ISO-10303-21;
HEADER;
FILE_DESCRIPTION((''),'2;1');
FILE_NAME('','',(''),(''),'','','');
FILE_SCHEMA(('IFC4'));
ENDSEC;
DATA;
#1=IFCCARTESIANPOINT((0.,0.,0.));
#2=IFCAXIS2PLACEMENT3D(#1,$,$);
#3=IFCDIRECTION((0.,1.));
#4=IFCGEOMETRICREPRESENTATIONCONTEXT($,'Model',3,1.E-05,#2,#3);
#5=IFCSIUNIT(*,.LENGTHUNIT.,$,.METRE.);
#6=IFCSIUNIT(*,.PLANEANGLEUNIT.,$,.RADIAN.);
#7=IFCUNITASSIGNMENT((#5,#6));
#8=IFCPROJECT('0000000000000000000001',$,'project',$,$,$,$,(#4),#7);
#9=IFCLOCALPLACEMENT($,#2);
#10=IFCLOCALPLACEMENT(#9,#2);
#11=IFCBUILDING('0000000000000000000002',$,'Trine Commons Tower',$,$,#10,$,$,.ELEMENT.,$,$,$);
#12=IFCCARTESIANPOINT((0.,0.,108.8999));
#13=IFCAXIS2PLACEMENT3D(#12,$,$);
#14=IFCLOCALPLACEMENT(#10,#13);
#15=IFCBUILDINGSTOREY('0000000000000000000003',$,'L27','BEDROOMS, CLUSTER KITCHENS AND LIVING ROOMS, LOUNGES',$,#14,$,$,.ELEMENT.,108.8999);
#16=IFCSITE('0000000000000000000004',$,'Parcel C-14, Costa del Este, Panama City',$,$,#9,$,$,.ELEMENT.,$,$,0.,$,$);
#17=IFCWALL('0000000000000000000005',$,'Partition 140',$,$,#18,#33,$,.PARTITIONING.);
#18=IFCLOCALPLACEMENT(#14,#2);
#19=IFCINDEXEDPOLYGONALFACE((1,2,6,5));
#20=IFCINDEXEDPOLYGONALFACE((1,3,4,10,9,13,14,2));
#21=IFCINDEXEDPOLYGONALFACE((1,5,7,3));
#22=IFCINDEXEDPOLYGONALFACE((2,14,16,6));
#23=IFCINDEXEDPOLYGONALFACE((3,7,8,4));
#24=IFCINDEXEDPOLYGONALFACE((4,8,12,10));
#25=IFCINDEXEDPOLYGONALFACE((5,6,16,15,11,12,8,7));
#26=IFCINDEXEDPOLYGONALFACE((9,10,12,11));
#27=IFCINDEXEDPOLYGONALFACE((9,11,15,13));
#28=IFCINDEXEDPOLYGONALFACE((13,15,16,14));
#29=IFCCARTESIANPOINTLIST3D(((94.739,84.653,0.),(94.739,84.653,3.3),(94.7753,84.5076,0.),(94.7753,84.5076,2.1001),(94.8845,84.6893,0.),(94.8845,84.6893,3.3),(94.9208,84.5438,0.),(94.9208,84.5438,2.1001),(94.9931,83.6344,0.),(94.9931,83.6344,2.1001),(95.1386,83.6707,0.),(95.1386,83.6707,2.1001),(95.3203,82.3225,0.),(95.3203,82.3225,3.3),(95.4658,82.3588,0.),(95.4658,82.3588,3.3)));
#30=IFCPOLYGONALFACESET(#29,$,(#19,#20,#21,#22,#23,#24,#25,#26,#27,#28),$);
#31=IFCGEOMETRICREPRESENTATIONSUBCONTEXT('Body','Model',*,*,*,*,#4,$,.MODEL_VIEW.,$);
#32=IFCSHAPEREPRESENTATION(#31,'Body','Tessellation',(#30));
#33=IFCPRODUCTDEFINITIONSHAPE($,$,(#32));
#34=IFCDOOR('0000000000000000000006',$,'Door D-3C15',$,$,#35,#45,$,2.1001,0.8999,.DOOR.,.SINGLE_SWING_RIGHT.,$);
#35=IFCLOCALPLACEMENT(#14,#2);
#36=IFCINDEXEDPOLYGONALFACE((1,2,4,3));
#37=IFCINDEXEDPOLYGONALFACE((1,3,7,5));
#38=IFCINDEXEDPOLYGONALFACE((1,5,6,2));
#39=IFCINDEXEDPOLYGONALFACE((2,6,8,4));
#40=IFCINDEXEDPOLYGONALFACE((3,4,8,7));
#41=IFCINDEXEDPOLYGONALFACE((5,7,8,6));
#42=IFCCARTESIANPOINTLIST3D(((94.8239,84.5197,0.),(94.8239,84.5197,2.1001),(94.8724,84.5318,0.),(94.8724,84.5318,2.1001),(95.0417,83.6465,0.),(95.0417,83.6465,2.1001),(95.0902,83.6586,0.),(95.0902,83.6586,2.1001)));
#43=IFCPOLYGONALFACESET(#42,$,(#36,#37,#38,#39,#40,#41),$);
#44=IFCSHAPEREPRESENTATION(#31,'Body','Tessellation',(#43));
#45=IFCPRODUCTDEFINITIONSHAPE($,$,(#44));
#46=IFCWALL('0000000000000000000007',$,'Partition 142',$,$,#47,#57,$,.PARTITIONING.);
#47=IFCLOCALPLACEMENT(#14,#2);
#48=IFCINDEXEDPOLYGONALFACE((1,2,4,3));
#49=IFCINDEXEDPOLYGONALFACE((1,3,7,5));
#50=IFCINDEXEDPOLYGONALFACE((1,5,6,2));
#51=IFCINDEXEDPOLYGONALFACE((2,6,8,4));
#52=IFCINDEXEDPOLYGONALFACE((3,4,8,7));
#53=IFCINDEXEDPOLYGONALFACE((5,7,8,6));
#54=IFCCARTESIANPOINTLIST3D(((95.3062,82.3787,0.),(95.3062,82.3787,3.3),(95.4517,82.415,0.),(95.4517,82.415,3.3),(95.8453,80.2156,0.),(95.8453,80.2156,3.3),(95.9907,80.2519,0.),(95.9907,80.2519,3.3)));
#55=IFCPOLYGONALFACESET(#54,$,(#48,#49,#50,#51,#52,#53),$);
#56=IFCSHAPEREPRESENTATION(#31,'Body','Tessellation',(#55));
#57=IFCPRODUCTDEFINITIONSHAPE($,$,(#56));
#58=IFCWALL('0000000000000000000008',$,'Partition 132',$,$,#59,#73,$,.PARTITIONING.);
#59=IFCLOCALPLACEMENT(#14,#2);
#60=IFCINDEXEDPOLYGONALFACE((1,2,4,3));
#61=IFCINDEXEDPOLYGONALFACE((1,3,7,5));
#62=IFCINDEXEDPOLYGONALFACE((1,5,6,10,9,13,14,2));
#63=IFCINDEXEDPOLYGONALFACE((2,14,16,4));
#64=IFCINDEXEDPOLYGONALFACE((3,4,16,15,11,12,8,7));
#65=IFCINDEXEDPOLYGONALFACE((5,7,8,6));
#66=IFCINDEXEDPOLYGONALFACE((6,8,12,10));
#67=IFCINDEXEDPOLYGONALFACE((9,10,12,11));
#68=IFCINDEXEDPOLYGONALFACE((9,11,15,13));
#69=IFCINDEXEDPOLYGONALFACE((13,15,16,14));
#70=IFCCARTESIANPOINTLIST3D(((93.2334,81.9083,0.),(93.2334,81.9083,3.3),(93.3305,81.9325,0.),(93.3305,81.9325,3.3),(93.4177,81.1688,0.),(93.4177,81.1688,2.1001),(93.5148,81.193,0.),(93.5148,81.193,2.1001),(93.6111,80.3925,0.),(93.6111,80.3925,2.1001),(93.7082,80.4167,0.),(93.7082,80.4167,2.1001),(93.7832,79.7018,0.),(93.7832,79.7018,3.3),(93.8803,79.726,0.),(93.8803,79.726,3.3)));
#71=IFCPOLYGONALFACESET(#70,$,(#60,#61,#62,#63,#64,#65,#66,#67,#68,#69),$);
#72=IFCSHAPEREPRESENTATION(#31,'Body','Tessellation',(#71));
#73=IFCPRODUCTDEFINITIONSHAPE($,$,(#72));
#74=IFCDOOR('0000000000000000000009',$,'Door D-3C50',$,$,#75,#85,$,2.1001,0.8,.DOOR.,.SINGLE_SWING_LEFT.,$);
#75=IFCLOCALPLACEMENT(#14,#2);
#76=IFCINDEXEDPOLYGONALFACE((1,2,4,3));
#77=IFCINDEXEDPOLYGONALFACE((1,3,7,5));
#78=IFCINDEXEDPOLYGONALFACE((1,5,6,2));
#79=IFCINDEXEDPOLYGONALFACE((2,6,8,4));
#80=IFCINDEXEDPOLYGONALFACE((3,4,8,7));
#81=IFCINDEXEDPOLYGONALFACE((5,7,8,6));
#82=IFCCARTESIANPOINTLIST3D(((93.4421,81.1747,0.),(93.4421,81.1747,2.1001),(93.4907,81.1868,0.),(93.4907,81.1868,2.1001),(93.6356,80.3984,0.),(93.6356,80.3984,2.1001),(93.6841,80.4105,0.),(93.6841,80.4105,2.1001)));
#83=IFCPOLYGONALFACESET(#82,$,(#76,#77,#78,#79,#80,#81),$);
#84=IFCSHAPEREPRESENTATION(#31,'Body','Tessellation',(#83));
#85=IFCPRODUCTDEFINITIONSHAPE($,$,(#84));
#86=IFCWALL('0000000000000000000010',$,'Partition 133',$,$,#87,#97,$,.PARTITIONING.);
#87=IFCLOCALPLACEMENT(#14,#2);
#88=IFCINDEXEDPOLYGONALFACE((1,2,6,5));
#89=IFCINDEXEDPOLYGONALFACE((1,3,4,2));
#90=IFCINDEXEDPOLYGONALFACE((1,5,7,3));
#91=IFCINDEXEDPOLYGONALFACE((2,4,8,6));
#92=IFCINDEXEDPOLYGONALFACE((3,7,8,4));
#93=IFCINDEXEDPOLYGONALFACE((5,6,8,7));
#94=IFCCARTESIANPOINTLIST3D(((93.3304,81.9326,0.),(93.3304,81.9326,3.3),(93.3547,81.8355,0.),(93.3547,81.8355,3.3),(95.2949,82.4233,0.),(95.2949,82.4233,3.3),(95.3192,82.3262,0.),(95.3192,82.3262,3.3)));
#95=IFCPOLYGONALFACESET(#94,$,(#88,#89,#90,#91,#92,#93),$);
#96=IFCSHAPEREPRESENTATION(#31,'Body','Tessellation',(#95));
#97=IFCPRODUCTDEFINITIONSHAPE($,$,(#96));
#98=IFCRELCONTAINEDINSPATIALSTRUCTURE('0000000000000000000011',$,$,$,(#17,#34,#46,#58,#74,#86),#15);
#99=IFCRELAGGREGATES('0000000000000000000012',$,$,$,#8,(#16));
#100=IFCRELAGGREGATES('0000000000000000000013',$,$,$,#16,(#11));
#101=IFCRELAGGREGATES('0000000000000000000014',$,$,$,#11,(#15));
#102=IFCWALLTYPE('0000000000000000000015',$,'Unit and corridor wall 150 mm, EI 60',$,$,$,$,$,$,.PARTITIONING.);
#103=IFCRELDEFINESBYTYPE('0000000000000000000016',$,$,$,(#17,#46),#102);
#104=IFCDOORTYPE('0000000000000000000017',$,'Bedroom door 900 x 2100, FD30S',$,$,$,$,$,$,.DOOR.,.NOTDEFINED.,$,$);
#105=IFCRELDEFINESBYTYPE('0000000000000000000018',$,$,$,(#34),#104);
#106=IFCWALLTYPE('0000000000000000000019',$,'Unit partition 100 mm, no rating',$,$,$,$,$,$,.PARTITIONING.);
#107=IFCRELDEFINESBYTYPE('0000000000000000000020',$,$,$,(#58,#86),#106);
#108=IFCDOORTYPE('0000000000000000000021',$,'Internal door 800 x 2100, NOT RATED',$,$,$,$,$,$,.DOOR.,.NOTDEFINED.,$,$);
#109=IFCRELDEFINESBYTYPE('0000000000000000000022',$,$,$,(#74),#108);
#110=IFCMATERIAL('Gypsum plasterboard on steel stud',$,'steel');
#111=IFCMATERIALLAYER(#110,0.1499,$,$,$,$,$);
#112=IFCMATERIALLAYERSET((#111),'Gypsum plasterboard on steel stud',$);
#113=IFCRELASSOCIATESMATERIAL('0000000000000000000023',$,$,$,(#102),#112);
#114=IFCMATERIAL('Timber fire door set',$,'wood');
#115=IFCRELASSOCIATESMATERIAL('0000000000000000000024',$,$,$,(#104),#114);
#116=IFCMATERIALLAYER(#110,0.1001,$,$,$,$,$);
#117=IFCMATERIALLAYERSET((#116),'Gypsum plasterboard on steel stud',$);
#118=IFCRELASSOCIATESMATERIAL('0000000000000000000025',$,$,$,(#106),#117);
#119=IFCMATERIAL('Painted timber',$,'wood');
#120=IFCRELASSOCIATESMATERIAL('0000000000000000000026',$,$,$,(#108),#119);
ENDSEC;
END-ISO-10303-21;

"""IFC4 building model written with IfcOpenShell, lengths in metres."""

from ifc_helpers import new_model, si_unit, direction, frame, frame_2d, origin, place, context, subcontext, project, spatial, rectangle, extrude, material, layer, layer_set, type_object, element, fill, save


model = new_model("IFC4")

# Units and contexts
model_context = context("Model", 3, precision=1e-05, world=origin(), true_north=direction((0.0, 1.0)))
body_context = subcontext(model_context, "Body", "Model", "MODEL_VIEW")
ifc_project = project(units=[si_unit("LENGTHUNIT", "METRE"), si_unit("PLANEANGLEUNIT", "RADIAN")], contexts=[model_context])

# Site, building, storey
site_placement = place(None, origin())
site = spatial("IfcSite", under=ifc_project, at=site_placement, Name="Parcel C-14, Costa del Este, Panama City", CompositionType="ELEMENT", RefElevation=0.0)
building_placement = place(site_placement, origin())
building = spatial("IfcBuilding", under=site, at=building_placement, Name="Trine Commons Tower", CompositionType="ELEMENT")
storey_placement = place(building_placement, frame((0.0, 0.0, 108.8999)))
storey = spatial("IfcBuildingStorey", under=building, at=storey_placement, Name="L27", Description="BEDROOMS, CLUSTER KITCHENS AND LIVING ROOMS, LOUNGES", CompositionType="ELEMENT", Elevation=108.8999)

# Wall, opening, door
ifc_material_1 = material(Name="Gypsum plasterboard on steel stud", Category="steel")
ifc_layer_1 = layer(ifc_material_1, 0.1499)
ifc_layer_set_1 = layer_set([ifc_layer_1], Name="Gypsum plasterboard on steel stud")
wall_type_1 = type_object("IfcWallType", Name="Unit and corridor wall 150 mm, EI 60", PredefinedType="PARTITIONING", material=ifc_layer_set_1)
wall_1_placement = place(storey_placement, frame((94.8118, 84.6711, 0.0), z_axis=(0.0, 0.0, 1.0), x_axis=(0.242009, -0.970274, 0.0)))
wall_1 = element("IfcWall", 1, at=wall_1_placement, inside=storey, type_object=wall_type_1, Name="Partition 140", PredefinedType="PARTITIONING", context=body_context, shape_type="SweptSolid", body=[
    extrude(rectangle(XDim=2.4019, YDim=0.1499, at=frame_2d((1.2009, 0.0))), origin(), (0.0, 0.0, 1.0), 3.3),
])
opening_1_placement = place(wall_1_placement, frame((0.1499, 0.0, 0.0)))
opening_1 = element("IfcOpeningElement", 2, at=opening_1_placement, cuts=wall_1, PredefinedType="OPENING", context=body_context, shape_type="SweptSolid", body=[
    extrude(rectangle(XDim=0.8999, YDim=2.1001, at=frame_2d((0.45, 1.05))), frame((0.0, 0.085, 0.0), z_axis=(0.0, -1.0, 0.0), x_axis=(1.0, 0.0, 0.0)), (0.0, 0.0, 1.0), 0.1699),
])
ifc_material_2 = material(Name="Timber fire door set", Category="wood")
door_type_1 = type_object("IfcDoorType", Name="Bedroom door 900 x 2100, FD30S", OperationType="NOTDEFINED", PredefinedType="DOOR", material=ifc_material_2)
door_1_placement = place(opening_1_placement, frame((0.8999, 0.0, 0.0), z_axis=(0.0, 0.0, 1.0), x_axis=(-1.0, 0.0, 0.0)))
door_1 = element("IfcDoor", 3, at=door_1_placement, inside=storey, type_object=door_type_1, Name="Door D-3C15", OperationType="SINGLE_SWING_RIGHT", OverallHeight=2.1001, OverallWidth=0.8999, PredefinedType="DOOR", context=body_context, shape_type="SweptSolid", body=[
    extrude(rectangle(XDim=0.8999, YDim=2.1001, at=frame_2d((0.45, 1.05))), frame((0.0, 0.0249, 0.0), z_axis=(0.0, -1.0, 0.0), x_axis=(1.0, 0.0, 0.0)), (0.0, 0.0, 1.0), 0.05),
])
fill(opening_1, door_1)

# Wall
wall_2_placement = place(storey_placement, frame((95.3789, 82.397, 0.0), z_axis=(0.0, 0.0, 1.0), x_axis=(0.241814, -0.970323, 0.0)))
element("IfcWall", 4, at=wall_2_placement, inside=storey, type_object=wall_type_1, Name="Partition 142", PredefinedType="PARTITIONING", context=body_context, shape_type="SweptSolid", body=[
    extrude(rectangle(XDim=2.2292, YDim=0.1499, at=frame_2d((1.1147, 0.0))), origin(), (0.0, 0.0, 1.0), 3.3),
])

# Wall, opening, door
ifc_layer_2 = layer(ifc_material_1, 0.1001)
ifc_layer_set_2 = layer_set([ifc_layer_2], Name="Gypsum plasterboard on steel stud")
wall_type_2 = type_object("IfcWallType", Name="Unit partition 100 mm, no rating", PredefinedType="PARTITIONING", material=ifc_layer_set_2)
wall_3_placement = place(storey_placement, frame((93.282, 81.9204, 0.0), z_axis=(0.0, 0.0, 1.0), x_axis=(0.241778, -0.970332, 0.0)))
wall_3 = element("IfcWall", 5, at=wall_3_placement, inside=storey, type_object=wall_type_2, Name="Partition 132", PredefinedType="PARTITIONING", context=body_context, shape_type="SweptSolid", body=[
    extrude(rectangle(XDim=2.2739, YDim=0.1001, at=frame_2d((1.137, 0.0))), origin(), (0.0, 0.0, 1.0), 3.3),
])
opening_2_placement = place(wall_3_placement, frame((0.7622, 0.0, 0.0)))
opening_2 = element("IfcOpeningElement", 6, at=opening_2_placement, cuts=wall_3, PredefinedType="OPENING", context=body_context, shape_type="SweptSolid", body=[
    extrude(rectangle(XDim=0.8, YDim=2.1001, at=frame_2d((0.3999, 1.05))), frame((0.0, 0.0601, 0.0), z_axis=(0.0, -1.0, 0.0), x_axis=(1.0, 0.0, 0.0)), (0.0, 0.0, 1.0), 0.1201),
])
ifc_material_3 = material(Name="Painted timber", Category="wood")
door_type_2 = type_object("IfcDoorType", Name="Internal door 800 x 2100, NOT RATED", OperationType="NOTDEFINED", PredefinedType="DOOR", material=ifc_material_3)
door_2_placement = place(opening_2_placement, frame((0.8, 0.0, 0.0), z_axis=(0.0, 0.0, 1.0), x_axis=(-1.0, 0.0, 0.0)))
door_2 = element("IfcDoor", 7, at=door_2_placement, inside=storey, type_object=door_type_2, Name="Door D-3C50", OperationType="SINGLE_SWING_LEFT", OverallHeight=2.1001, OverallWidth=0.8, PredefinedType="DOOR", context=body_context, shape_type="SweptSolid", body=[
    extrude(rectangle(XDim=0.8, YDim=2.1001, at=frame_2d((0.3999, 1.05))), frame((0.0, 0.0249, 0.0), z_axis=(0.0, -1.0, 0.0), x_axis=(1.0, 0.0, 0.0)), (0.0, 0.0, 1.0), 0.05),
])
fill(opening_2, door_2)

# Wall
wall_4_placement = place(storey_placement, frame((93.3425, 81.884, 0.0), z_axis=(0.0, 0.0, 1.0), x_axis=(0.970192, 0.242337, 0.0)))
element("IfcWall", 8, at=wall_4_placement, inside=storey, type_object=wall_type_2, Name="Partition 133", PredefinedType="PARTITIONING", context=body_context, shape_type="SweptSolid", body=[
    extrude(rectangle(XDim=2.0249, YDim=0.1001, at=frame_2d((1.0125, 0.0))), origin(), (0.0, 0.0, 1.0), 3.3),
])

save(model, "model.ifc")
